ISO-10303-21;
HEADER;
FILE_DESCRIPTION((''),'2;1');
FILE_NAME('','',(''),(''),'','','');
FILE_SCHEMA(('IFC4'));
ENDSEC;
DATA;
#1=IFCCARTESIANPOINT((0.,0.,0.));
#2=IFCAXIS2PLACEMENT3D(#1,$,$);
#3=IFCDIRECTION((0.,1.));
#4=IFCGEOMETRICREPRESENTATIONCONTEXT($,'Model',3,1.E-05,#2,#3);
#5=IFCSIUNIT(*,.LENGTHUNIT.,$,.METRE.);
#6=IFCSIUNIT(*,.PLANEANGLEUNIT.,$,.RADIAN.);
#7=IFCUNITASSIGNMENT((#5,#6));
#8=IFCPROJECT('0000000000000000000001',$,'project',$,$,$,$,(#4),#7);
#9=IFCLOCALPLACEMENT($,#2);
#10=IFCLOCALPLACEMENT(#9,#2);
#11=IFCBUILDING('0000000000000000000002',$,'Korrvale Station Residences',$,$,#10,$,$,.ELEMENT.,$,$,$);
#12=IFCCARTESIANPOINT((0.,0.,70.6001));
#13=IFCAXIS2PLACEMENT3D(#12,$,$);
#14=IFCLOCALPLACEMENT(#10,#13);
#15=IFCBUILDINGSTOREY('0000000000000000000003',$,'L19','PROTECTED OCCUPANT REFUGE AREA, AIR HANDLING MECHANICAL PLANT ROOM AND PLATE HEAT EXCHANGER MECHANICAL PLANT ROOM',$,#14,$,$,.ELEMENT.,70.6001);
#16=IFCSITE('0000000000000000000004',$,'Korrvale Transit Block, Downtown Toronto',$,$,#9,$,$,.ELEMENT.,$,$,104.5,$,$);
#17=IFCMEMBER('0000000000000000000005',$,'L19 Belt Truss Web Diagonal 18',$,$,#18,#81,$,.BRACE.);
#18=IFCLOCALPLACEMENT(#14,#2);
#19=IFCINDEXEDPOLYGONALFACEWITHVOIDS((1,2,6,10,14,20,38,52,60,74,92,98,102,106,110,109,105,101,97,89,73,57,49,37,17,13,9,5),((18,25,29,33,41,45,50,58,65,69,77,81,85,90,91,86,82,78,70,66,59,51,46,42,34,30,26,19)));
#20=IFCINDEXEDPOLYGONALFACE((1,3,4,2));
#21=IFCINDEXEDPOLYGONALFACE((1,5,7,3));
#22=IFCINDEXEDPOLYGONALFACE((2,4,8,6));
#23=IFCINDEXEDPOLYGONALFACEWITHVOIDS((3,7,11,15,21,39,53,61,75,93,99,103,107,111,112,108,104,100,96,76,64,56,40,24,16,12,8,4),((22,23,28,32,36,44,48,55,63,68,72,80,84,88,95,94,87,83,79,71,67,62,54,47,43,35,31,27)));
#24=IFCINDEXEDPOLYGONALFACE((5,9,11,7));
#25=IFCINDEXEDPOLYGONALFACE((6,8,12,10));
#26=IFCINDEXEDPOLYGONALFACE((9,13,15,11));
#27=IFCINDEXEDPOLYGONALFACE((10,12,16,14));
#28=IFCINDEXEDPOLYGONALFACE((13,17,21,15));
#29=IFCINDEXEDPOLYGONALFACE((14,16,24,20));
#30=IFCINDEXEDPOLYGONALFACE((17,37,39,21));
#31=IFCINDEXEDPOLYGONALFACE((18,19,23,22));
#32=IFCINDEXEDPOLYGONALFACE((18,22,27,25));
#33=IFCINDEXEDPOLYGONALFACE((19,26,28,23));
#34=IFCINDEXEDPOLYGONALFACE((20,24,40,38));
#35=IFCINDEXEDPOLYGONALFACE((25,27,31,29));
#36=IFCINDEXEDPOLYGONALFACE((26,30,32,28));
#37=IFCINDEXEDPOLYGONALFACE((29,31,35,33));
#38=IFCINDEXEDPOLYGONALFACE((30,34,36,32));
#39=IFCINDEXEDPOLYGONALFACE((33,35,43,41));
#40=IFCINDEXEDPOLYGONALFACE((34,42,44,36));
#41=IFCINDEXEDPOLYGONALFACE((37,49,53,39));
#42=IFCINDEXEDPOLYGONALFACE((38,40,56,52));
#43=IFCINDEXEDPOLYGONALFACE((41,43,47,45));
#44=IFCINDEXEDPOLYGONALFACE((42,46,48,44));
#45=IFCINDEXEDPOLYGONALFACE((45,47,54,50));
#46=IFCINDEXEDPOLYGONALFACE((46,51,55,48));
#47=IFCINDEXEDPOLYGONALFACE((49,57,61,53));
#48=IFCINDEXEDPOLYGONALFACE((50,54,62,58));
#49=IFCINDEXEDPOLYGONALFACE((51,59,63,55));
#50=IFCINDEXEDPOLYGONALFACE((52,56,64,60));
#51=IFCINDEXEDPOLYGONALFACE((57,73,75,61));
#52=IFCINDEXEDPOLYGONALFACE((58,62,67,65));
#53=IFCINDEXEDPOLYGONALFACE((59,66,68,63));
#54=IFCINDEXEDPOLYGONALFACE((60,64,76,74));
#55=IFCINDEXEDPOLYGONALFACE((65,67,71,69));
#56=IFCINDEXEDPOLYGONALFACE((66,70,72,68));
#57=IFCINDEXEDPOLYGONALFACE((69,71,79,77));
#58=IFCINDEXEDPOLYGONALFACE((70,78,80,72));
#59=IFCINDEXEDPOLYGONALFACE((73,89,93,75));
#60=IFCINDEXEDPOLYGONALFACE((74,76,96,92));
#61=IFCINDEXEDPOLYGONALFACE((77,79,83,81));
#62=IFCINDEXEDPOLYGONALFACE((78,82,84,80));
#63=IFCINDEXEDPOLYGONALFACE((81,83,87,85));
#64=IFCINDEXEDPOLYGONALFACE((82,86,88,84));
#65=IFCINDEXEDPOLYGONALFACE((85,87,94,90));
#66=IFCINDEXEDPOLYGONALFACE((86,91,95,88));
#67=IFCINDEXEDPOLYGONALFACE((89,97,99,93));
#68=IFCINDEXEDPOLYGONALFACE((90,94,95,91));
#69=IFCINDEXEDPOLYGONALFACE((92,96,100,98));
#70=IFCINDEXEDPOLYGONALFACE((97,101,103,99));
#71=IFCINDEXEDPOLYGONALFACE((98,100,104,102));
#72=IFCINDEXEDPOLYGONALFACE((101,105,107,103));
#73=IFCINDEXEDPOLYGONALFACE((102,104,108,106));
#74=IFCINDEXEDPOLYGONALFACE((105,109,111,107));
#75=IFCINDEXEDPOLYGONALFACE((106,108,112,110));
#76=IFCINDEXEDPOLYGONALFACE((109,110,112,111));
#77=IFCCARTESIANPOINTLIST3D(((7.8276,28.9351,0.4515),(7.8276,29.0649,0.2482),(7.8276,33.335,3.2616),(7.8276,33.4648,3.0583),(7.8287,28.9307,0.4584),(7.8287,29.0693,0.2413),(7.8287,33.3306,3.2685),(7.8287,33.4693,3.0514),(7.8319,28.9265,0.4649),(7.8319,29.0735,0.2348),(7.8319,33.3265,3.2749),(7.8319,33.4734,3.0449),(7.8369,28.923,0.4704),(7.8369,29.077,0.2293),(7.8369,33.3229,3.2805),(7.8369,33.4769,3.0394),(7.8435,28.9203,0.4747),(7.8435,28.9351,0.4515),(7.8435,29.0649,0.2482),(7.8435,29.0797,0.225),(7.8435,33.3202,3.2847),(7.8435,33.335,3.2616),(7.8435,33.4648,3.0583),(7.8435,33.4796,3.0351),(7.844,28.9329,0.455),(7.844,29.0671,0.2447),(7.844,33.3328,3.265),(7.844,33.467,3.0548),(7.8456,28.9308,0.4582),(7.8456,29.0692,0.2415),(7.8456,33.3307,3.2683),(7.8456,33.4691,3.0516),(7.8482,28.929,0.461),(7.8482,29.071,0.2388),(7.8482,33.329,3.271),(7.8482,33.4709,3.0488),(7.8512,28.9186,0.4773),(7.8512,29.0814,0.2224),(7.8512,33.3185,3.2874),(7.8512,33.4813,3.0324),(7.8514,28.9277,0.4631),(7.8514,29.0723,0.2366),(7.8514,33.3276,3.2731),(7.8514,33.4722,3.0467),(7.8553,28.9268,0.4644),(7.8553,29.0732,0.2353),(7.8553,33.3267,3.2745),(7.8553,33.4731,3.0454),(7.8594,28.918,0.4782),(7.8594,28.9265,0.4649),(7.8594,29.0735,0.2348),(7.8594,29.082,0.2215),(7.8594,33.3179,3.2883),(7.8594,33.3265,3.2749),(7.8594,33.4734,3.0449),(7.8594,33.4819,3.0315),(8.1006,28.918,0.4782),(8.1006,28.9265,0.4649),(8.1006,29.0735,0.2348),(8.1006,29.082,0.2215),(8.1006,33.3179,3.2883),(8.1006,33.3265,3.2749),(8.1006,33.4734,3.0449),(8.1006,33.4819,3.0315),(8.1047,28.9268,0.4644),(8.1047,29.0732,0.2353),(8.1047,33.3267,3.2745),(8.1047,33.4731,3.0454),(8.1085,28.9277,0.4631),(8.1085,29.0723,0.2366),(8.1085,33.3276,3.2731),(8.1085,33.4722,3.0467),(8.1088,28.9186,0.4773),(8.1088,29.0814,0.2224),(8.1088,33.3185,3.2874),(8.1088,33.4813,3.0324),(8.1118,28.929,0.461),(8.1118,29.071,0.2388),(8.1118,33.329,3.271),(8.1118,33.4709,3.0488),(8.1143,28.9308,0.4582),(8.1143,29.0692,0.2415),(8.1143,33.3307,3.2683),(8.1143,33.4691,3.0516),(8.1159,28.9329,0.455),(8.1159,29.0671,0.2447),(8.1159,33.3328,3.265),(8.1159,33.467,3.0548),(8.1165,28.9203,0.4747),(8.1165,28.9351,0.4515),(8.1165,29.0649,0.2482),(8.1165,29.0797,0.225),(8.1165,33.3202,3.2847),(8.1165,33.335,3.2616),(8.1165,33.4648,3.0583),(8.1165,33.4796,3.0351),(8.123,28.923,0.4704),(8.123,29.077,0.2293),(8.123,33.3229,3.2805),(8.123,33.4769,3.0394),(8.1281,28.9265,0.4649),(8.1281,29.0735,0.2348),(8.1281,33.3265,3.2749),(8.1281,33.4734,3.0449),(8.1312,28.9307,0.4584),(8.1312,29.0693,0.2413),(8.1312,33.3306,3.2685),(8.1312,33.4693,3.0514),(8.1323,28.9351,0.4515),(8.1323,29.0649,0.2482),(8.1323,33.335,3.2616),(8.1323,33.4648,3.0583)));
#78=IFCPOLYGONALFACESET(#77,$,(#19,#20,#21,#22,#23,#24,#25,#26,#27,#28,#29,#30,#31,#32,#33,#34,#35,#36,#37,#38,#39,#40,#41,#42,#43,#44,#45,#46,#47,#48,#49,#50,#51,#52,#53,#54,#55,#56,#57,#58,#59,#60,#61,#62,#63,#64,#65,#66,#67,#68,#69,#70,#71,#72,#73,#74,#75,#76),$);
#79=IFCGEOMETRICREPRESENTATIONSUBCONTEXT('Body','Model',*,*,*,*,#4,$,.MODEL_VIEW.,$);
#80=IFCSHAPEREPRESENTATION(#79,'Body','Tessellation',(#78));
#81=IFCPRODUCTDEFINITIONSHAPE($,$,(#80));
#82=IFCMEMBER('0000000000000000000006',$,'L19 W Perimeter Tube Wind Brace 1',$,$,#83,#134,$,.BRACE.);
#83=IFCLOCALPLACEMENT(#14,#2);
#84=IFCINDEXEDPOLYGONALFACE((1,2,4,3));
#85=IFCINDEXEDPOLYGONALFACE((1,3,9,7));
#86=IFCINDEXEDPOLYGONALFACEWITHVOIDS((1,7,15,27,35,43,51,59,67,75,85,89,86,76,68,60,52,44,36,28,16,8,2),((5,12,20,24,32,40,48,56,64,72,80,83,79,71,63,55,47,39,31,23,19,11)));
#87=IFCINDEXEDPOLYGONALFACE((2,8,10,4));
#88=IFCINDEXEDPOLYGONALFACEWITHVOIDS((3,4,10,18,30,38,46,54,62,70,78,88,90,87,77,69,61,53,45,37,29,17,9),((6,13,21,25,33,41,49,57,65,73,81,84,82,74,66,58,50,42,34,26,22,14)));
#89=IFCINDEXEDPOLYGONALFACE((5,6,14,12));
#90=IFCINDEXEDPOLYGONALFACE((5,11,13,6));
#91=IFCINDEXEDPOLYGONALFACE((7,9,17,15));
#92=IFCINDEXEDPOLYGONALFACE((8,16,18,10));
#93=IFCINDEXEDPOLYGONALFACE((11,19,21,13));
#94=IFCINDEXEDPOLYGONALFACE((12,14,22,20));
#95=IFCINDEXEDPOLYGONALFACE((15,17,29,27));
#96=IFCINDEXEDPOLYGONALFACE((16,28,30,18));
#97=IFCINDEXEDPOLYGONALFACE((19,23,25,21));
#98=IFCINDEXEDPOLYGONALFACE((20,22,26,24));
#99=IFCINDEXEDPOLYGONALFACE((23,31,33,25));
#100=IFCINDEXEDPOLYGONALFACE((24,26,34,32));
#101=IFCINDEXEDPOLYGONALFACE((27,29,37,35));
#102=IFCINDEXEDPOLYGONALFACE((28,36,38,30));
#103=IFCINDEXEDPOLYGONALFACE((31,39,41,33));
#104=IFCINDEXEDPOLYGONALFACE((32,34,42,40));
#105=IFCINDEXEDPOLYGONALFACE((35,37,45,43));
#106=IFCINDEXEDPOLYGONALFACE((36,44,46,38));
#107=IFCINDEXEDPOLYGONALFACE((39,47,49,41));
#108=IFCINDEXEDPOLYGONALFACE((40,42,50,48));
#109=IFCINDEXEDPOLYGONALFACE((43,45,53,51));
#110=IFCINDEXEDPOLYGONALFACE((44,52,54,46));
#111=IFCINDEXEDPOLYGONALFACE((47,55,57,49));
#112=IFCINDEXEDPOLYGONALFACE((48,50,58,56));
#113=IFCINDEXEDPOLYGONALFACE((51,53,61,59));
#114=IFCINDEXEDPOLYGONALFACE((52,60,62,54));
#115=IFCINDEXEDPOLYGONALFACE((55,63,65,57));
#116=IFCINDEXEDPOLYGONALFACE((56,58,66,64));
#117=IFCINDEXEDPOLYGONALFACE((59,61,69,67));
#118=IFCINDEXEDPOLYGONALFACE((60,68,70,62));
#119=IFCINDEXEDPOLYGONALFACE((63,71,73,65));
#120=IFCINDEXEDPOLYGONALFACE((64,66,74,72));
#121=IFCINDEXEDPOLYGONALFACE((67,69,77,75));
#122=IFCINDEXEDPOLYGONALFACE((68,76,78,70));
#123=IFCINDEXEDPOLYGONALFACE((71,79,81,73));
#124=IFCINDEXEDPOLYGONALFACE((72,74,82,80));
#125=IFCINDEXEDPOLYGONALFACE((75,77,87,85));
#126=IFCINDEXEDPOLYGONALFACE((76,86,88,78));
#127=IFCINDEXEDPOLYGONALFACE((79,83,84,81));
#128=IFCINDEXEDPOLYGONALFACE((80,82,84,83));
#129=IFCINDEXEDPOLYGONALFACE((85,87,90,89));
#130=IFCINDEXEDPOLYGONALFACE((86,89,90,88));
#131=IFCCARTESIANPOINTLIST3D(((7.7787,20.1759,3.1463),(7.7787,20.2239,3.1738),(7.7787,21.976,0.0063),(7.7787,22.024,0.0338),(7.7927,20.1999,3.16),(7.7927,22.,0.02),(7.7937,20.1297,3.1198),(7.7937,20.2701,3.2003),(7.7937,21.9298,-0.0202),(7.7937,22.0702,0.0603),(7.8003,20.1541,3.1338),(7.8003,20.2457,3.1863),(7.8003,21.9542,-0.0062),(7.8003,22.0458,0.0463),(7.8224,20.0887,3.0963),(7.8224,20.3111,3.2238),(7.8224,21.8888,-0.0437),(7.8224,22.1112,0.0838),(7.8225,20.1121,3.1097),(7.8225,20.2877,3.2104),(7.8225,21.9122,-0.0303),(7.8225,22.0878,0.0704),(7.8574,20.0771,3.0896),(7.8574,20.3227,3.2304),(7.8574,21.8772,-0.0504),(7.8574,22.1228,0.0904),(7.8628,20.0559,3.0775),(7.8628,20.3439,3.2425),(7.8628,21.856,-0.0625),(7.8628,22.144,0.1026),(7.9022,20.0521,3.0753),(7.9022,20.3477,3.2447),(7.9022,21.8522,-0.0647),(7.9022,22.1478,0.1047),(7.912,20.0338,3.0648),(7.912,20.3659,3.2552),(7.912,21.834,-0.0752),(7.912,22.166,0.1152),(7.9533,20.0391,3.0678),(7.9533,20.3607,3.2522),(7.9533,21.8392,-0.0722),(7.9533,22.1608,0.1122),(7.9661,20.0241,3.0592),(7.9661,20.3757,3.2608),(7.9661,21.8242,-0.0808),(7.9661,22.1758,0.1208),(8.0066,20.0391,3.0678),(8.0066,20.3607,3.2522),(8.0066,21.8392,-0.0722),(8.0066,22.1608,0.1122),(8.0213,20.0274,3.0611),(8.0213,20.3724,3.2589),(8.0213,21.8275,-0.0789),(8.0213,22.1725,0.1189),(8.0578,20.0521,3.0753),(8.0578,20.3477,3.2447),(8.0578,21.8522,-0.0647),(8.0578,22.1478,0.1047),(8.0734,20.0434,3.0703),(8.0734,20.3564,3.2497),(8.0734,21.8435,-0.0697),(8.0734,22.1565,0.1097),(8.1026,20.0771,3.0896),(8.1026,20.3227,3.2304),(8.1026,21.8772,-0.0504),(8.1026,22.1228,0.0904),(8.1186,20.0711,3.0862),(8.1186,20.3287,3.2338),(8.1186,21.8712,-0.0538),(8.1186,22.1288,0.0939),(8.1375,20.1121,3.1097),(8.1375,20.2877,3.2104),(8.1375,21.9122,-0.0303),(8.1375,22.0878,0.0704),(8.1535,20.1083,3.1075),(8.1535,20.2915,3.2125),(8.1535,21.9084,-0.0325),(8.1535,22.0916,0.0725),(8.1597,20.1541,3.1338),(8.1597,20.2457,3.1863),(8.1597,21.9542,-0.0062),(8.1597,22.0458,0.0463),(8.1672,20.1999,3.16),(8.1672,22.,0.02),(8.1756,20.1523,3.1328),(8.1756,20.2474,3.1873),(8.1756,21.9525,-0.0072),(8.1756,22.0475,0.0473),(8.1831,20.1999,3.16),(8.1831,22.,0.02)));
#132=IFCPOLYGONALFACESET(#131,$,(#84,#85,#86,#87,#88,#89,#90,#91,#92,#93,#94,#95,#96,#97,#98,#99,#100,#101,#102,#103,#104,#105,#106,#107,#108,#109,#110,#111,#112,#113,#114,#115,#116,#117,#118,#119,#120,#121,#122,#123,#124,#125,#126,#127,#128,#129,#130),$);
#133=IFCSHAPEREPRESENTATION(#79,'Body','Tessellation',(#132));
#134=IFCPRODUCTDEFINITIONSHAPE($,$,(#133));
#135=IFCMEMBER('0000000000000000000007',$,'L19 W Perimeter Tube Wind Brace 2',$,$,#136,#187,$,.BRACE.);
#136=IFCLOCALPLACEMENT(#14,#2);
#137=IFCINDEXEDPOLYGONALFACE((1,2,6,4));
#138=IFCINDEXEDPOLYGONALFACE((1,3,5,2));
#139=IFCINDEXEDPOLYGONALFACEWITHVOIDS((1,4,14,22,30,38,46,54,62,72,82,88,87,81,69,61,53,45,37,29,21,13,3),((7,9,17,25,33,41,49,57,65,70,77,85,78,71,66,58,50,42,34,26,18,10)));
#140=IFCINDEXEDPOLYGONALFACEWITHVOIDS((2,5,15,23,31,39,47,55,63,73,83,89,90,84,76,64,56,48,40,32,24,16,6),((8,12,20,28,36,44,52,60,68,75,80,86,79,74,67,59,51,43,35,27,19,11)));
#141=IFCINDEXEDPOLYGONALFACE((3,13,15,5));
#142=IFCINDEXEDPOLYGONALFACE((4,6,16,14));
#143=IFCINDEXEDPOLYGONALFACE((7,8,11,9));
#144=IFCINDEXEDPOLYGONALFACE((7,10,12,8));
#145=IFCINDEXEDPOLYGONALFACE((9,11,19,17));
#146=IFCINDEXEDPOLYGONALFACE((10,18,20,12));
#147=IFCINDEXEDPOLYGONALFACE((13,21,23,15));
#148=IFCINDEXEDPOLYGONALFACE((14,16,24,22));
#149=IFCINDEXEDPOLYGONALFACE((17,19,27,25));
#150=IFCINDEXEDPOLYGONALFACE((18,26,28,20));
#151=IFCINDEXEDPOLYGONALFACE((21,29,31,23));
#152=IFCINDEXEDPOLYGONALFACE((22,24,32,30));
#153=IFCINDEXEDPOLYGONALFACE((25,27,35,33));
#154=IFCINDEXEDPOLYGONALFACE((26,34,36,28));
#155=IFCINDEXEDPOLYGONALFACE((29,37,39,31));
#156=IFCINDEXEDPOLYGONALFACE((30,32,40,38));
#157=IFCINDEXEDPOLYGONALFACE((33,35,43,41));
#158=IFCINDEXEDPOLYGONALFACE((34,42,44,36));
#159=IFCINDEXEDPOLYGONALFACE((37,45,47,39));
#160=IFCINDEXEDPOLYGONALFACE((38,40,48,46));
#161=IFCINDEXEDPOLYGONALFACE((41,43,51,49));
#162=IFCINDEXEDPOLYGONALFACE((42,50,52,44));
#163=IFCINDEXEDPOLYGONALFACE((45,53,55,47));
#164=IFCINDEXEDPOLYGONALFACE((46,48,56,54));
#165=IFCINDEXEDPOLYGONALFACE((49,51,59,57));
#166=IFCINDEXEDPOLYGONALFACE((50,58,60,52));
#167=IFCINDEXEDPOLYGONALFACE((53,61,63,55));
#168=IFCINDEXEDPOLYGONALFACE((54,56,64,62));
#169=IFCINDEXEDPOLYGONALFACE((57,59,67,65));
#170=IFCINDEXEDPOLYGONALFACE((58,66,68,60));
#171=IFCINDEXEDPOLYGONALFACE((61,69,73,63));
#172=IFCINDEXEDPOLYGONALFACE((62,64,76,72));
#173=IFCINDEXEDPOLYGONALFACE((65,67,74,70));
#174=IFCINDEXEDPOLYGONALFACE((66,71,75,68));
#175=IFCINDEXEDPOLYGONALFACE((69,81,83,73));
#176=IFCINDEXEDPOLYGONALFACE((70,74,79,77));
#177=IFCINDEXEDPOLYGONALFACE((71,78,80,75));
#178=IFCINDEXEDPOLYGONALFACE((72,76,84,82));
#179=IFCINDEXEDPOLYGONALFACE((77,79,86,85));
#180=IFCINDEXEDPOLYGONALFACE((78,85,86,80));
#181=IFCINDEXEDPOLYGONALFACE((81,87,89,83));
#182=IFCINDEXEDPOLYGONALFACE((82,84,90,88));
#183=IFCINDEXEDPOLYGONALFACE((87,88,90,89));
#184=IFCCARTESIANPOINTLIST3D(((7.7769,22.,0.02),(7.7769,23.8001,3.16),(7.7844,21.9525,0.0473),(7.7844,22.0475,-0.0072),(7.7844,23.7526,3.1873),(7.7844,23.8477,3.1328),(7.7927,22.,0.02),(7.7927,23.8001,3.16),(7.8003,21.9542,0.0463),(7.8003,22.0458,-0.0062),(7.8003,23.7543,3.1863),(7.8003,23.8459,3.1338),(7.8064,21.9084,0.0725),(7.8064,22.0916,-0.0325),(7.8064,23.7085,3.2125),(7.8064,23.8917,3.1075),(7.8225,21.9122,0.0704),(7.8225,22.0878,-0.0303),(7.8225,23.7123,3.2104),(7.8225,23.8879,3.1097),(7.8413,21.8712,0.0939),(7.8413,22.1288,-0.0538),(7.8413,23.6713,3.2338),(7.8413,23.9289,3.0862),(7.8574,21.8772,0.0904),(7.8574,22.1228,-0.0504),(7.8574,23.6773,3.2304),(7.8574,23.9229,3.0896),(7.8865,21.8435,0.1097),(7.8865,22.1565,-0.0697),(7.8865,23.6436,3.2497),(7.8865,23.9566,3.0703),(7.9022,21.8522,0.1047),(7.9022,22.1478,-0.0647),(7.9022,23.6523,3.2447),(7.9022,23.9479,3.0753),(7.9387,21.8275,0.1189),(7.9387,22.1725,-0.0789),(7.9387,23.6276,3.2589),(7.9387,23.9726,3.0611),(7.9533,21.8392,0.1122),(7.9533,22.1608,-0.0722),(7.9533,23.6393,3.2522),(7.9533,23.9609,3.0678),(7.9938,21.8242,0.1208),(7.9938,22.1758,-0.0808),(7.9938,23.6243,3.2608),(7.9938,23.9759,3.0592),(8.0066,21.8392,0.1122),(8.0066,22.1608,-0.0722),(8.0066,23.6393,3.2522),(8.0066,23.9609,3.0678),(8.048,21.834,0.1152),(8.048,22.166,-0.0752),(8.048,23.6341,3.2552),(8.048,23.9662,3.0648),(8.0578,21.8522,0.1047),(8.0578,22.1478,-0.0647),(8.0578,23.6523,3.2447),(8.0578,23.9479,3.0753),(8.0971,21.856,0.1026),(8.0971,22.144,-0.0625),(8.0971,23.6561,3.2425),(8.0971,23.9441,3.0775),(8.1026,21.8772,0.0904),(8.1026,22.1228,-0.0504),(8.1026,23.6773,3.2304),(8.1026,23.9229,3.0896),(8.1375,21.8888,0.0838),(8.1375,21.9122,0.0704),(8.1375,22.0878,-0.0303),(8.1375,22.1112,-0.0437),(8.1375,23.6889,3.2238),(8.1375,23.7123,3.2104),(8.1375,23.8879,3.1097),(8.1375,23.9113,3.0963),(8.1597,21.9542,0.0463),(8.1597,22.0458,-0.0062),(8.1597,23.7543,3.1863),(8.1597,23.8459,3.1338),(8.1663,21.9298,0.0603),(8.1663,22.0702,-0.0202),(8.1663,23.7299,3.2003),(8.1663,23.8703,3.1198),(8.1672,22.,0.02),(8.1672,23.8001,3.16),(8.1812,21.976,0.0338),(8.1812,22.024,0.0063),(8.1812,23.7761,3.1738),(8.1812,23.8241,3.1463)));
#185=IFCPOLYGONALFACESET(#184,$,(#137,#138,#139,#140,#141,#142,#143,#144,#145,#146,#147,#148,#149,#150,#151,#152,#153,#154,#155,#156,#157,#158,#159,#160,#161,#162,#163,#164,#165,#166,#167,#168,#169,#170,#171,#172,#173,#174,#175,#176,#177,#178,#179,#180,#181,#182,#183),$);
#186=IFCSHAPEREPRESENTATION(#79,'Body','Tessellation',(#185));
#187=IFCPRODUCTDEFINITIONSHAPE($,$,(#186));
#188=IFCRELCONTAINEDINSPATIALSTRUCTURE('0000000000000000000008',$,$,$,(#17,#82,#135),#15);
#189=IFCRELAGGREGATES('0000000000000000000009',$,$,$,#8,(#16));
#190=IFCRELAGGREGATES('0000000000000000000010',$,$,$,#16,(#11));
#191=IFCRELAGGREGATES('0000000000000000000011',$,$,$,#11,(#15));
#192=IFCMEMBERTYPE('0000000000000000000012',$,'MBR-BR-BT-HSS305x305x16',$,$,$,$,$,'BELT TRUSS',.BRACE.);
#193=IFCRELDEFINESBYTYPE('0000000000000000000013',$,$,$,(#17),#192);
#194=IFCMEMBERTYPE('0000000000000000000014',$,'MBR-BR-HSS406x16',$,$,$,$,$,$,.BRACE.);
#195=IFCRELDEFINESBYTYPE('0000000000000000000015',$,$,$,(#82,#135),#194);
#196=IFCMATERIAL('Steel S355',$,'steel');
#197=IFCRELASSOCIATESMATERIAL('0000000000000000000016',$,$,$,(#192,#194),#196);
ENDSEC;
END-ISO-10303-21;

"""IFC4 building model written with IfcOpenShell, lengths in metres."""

from ifc_helpers import new_model, si_unit, direction, frame, origin, origin_2d, place, context, subcontext, project, spatial, hollow_rectangle, hollow_circle, extrude, material, material_profile, profile_set, type_object, element, save


model = new_model("IFC4")

# Units and contexts
model_context = context("Model", 3, precision=1e-05, world=origin(), true_north=direction((0.0, 1.0)))
body_context = subcontext(model_context, "Body", "Model", "MODEL_VIEW")
ifc_project = project(units=[si_unit("LENGTHUNIT", "METRE"), si_unit("PLANEANGLEUNIT", "RADIAN")], contexts=[model_context])

# Site, building, storey
site_placement = place(None, origin())
site = spatial("IfcSite", under=ifc_project, at=site_placement, Name="Korrvale Transit Block, Downtown Toronto", CompositionType="ELEMENT", RefElevation=104.5)
building_placement = place(site_placement, origin())
building = spatial("IfcBuilding", under=site, at=building_placement, Name="Korrvale Station Residences", CompositionType="ELEMENT")
storey_placement = place(building_placement, frame((0.0, 0.0, 70.6001)))
storey = spatial("IfcBuildingStorey", under=building, at=storey_placement, Name="L19", Description="PROTECTED OCCUPANT REFUGE AREA, AIR HANDLING MECHANICAL PLANT ROOM AND PLATE HEAT EXCHANGER MECHANICAL PLANT ROOM", CompositionType="ELEMENT", Elevation=70.6001)

# Members
ifc_material_1 = material(Name="Steel S355", Category="steel")
ifc_material_profile_1 = material_profile(ifc_material_1, hollow_rectangle(XDim=0.3047, YDim=0.3047, WallThickness=0.0159, InnerFilletRadius=0.0159, OuterFilletRadius=0.0317, at=origin_2d()), Name="HSS305x305x16")
ifc_profile_set_1 = profile_set([ifc_material_profile_1], Name="Steel S355")
member_type_1 = type_object("IfcMemberType", Name="MBR-BR-BT-HSS305x305x16", ElementType="BELT TRUSS", PredefinedType="BRACE", material=ifc_profile_set_1)
member_1_placement = place(storey_placement, frame((7.98, 29.0, 0.3499), z_axis=(0.0, 0.842782, 0.538255), x_axis=(-1.0, 0.0, 0.0)))
element("IfcMember", 1, at=member_1_placement, inside=storey, type_object=member_type_1, Name="L19 Belt Truss Web Diagonal 18", PredefinedType="BRACE", context=body_context, shape_type="SweptSolid", body=[
    extrude(hollow_rectangle(XDim=0.3047, YDim=0.3047, WallThickness=0.0159, InnerFilletRadius=0.0159, OuterFilletRadius=0.0317, at=origin_2d()), origin(), (0.0, 0.0, 1.0), 5.2207),
])
ifc_material_profile_2 = material_profile(ifc_material_1, hollow_circle(Radius=0.2031, WallThickness=0.0159, at=origin_2d()), Name="HSS406x16")
ifc_profile_set_2 = profile_set([ifc_material_profile_2], Name="Steel S355")
member_type_2 = type_object("IfcMemberType", Name="MBR-BR-HSS406x16", PredefinedType="BRACE", material=ifc_profile_set_2)
for number, where, z_axis, x_axis, name in (
    (2, (7.98, 22.0, 0.02), (0.0, -0.497352, 0.867549), (1.0, 0.0, 0.0), "L19 W Perimeter Tube Wind Brace 1"),
    (3, (7.98, 22.0, 0.02), (0.0, 0.497352, 0.867549), (-1.0, 0.0, 0.0), "L19 W Perimeter Tube Wind Brace 2"),
):
    element("IfcMember", number, at=place(storey_placement, frame(where, z_axis=z_axis, x_axis=x_axis)), inside=storey, type_object=member_type_2, Name=name, PredefinedType="BRACE", context=body_context, shape_type="SweptSolid", body=[
        extrude(hollow_circle(Radius=0.2031, WallThickness=0.0159, at=origin_2d()), origin(), (0.0, 0.0, 1.0), 3.6194),
    ])

save(model, "model.ifc")
